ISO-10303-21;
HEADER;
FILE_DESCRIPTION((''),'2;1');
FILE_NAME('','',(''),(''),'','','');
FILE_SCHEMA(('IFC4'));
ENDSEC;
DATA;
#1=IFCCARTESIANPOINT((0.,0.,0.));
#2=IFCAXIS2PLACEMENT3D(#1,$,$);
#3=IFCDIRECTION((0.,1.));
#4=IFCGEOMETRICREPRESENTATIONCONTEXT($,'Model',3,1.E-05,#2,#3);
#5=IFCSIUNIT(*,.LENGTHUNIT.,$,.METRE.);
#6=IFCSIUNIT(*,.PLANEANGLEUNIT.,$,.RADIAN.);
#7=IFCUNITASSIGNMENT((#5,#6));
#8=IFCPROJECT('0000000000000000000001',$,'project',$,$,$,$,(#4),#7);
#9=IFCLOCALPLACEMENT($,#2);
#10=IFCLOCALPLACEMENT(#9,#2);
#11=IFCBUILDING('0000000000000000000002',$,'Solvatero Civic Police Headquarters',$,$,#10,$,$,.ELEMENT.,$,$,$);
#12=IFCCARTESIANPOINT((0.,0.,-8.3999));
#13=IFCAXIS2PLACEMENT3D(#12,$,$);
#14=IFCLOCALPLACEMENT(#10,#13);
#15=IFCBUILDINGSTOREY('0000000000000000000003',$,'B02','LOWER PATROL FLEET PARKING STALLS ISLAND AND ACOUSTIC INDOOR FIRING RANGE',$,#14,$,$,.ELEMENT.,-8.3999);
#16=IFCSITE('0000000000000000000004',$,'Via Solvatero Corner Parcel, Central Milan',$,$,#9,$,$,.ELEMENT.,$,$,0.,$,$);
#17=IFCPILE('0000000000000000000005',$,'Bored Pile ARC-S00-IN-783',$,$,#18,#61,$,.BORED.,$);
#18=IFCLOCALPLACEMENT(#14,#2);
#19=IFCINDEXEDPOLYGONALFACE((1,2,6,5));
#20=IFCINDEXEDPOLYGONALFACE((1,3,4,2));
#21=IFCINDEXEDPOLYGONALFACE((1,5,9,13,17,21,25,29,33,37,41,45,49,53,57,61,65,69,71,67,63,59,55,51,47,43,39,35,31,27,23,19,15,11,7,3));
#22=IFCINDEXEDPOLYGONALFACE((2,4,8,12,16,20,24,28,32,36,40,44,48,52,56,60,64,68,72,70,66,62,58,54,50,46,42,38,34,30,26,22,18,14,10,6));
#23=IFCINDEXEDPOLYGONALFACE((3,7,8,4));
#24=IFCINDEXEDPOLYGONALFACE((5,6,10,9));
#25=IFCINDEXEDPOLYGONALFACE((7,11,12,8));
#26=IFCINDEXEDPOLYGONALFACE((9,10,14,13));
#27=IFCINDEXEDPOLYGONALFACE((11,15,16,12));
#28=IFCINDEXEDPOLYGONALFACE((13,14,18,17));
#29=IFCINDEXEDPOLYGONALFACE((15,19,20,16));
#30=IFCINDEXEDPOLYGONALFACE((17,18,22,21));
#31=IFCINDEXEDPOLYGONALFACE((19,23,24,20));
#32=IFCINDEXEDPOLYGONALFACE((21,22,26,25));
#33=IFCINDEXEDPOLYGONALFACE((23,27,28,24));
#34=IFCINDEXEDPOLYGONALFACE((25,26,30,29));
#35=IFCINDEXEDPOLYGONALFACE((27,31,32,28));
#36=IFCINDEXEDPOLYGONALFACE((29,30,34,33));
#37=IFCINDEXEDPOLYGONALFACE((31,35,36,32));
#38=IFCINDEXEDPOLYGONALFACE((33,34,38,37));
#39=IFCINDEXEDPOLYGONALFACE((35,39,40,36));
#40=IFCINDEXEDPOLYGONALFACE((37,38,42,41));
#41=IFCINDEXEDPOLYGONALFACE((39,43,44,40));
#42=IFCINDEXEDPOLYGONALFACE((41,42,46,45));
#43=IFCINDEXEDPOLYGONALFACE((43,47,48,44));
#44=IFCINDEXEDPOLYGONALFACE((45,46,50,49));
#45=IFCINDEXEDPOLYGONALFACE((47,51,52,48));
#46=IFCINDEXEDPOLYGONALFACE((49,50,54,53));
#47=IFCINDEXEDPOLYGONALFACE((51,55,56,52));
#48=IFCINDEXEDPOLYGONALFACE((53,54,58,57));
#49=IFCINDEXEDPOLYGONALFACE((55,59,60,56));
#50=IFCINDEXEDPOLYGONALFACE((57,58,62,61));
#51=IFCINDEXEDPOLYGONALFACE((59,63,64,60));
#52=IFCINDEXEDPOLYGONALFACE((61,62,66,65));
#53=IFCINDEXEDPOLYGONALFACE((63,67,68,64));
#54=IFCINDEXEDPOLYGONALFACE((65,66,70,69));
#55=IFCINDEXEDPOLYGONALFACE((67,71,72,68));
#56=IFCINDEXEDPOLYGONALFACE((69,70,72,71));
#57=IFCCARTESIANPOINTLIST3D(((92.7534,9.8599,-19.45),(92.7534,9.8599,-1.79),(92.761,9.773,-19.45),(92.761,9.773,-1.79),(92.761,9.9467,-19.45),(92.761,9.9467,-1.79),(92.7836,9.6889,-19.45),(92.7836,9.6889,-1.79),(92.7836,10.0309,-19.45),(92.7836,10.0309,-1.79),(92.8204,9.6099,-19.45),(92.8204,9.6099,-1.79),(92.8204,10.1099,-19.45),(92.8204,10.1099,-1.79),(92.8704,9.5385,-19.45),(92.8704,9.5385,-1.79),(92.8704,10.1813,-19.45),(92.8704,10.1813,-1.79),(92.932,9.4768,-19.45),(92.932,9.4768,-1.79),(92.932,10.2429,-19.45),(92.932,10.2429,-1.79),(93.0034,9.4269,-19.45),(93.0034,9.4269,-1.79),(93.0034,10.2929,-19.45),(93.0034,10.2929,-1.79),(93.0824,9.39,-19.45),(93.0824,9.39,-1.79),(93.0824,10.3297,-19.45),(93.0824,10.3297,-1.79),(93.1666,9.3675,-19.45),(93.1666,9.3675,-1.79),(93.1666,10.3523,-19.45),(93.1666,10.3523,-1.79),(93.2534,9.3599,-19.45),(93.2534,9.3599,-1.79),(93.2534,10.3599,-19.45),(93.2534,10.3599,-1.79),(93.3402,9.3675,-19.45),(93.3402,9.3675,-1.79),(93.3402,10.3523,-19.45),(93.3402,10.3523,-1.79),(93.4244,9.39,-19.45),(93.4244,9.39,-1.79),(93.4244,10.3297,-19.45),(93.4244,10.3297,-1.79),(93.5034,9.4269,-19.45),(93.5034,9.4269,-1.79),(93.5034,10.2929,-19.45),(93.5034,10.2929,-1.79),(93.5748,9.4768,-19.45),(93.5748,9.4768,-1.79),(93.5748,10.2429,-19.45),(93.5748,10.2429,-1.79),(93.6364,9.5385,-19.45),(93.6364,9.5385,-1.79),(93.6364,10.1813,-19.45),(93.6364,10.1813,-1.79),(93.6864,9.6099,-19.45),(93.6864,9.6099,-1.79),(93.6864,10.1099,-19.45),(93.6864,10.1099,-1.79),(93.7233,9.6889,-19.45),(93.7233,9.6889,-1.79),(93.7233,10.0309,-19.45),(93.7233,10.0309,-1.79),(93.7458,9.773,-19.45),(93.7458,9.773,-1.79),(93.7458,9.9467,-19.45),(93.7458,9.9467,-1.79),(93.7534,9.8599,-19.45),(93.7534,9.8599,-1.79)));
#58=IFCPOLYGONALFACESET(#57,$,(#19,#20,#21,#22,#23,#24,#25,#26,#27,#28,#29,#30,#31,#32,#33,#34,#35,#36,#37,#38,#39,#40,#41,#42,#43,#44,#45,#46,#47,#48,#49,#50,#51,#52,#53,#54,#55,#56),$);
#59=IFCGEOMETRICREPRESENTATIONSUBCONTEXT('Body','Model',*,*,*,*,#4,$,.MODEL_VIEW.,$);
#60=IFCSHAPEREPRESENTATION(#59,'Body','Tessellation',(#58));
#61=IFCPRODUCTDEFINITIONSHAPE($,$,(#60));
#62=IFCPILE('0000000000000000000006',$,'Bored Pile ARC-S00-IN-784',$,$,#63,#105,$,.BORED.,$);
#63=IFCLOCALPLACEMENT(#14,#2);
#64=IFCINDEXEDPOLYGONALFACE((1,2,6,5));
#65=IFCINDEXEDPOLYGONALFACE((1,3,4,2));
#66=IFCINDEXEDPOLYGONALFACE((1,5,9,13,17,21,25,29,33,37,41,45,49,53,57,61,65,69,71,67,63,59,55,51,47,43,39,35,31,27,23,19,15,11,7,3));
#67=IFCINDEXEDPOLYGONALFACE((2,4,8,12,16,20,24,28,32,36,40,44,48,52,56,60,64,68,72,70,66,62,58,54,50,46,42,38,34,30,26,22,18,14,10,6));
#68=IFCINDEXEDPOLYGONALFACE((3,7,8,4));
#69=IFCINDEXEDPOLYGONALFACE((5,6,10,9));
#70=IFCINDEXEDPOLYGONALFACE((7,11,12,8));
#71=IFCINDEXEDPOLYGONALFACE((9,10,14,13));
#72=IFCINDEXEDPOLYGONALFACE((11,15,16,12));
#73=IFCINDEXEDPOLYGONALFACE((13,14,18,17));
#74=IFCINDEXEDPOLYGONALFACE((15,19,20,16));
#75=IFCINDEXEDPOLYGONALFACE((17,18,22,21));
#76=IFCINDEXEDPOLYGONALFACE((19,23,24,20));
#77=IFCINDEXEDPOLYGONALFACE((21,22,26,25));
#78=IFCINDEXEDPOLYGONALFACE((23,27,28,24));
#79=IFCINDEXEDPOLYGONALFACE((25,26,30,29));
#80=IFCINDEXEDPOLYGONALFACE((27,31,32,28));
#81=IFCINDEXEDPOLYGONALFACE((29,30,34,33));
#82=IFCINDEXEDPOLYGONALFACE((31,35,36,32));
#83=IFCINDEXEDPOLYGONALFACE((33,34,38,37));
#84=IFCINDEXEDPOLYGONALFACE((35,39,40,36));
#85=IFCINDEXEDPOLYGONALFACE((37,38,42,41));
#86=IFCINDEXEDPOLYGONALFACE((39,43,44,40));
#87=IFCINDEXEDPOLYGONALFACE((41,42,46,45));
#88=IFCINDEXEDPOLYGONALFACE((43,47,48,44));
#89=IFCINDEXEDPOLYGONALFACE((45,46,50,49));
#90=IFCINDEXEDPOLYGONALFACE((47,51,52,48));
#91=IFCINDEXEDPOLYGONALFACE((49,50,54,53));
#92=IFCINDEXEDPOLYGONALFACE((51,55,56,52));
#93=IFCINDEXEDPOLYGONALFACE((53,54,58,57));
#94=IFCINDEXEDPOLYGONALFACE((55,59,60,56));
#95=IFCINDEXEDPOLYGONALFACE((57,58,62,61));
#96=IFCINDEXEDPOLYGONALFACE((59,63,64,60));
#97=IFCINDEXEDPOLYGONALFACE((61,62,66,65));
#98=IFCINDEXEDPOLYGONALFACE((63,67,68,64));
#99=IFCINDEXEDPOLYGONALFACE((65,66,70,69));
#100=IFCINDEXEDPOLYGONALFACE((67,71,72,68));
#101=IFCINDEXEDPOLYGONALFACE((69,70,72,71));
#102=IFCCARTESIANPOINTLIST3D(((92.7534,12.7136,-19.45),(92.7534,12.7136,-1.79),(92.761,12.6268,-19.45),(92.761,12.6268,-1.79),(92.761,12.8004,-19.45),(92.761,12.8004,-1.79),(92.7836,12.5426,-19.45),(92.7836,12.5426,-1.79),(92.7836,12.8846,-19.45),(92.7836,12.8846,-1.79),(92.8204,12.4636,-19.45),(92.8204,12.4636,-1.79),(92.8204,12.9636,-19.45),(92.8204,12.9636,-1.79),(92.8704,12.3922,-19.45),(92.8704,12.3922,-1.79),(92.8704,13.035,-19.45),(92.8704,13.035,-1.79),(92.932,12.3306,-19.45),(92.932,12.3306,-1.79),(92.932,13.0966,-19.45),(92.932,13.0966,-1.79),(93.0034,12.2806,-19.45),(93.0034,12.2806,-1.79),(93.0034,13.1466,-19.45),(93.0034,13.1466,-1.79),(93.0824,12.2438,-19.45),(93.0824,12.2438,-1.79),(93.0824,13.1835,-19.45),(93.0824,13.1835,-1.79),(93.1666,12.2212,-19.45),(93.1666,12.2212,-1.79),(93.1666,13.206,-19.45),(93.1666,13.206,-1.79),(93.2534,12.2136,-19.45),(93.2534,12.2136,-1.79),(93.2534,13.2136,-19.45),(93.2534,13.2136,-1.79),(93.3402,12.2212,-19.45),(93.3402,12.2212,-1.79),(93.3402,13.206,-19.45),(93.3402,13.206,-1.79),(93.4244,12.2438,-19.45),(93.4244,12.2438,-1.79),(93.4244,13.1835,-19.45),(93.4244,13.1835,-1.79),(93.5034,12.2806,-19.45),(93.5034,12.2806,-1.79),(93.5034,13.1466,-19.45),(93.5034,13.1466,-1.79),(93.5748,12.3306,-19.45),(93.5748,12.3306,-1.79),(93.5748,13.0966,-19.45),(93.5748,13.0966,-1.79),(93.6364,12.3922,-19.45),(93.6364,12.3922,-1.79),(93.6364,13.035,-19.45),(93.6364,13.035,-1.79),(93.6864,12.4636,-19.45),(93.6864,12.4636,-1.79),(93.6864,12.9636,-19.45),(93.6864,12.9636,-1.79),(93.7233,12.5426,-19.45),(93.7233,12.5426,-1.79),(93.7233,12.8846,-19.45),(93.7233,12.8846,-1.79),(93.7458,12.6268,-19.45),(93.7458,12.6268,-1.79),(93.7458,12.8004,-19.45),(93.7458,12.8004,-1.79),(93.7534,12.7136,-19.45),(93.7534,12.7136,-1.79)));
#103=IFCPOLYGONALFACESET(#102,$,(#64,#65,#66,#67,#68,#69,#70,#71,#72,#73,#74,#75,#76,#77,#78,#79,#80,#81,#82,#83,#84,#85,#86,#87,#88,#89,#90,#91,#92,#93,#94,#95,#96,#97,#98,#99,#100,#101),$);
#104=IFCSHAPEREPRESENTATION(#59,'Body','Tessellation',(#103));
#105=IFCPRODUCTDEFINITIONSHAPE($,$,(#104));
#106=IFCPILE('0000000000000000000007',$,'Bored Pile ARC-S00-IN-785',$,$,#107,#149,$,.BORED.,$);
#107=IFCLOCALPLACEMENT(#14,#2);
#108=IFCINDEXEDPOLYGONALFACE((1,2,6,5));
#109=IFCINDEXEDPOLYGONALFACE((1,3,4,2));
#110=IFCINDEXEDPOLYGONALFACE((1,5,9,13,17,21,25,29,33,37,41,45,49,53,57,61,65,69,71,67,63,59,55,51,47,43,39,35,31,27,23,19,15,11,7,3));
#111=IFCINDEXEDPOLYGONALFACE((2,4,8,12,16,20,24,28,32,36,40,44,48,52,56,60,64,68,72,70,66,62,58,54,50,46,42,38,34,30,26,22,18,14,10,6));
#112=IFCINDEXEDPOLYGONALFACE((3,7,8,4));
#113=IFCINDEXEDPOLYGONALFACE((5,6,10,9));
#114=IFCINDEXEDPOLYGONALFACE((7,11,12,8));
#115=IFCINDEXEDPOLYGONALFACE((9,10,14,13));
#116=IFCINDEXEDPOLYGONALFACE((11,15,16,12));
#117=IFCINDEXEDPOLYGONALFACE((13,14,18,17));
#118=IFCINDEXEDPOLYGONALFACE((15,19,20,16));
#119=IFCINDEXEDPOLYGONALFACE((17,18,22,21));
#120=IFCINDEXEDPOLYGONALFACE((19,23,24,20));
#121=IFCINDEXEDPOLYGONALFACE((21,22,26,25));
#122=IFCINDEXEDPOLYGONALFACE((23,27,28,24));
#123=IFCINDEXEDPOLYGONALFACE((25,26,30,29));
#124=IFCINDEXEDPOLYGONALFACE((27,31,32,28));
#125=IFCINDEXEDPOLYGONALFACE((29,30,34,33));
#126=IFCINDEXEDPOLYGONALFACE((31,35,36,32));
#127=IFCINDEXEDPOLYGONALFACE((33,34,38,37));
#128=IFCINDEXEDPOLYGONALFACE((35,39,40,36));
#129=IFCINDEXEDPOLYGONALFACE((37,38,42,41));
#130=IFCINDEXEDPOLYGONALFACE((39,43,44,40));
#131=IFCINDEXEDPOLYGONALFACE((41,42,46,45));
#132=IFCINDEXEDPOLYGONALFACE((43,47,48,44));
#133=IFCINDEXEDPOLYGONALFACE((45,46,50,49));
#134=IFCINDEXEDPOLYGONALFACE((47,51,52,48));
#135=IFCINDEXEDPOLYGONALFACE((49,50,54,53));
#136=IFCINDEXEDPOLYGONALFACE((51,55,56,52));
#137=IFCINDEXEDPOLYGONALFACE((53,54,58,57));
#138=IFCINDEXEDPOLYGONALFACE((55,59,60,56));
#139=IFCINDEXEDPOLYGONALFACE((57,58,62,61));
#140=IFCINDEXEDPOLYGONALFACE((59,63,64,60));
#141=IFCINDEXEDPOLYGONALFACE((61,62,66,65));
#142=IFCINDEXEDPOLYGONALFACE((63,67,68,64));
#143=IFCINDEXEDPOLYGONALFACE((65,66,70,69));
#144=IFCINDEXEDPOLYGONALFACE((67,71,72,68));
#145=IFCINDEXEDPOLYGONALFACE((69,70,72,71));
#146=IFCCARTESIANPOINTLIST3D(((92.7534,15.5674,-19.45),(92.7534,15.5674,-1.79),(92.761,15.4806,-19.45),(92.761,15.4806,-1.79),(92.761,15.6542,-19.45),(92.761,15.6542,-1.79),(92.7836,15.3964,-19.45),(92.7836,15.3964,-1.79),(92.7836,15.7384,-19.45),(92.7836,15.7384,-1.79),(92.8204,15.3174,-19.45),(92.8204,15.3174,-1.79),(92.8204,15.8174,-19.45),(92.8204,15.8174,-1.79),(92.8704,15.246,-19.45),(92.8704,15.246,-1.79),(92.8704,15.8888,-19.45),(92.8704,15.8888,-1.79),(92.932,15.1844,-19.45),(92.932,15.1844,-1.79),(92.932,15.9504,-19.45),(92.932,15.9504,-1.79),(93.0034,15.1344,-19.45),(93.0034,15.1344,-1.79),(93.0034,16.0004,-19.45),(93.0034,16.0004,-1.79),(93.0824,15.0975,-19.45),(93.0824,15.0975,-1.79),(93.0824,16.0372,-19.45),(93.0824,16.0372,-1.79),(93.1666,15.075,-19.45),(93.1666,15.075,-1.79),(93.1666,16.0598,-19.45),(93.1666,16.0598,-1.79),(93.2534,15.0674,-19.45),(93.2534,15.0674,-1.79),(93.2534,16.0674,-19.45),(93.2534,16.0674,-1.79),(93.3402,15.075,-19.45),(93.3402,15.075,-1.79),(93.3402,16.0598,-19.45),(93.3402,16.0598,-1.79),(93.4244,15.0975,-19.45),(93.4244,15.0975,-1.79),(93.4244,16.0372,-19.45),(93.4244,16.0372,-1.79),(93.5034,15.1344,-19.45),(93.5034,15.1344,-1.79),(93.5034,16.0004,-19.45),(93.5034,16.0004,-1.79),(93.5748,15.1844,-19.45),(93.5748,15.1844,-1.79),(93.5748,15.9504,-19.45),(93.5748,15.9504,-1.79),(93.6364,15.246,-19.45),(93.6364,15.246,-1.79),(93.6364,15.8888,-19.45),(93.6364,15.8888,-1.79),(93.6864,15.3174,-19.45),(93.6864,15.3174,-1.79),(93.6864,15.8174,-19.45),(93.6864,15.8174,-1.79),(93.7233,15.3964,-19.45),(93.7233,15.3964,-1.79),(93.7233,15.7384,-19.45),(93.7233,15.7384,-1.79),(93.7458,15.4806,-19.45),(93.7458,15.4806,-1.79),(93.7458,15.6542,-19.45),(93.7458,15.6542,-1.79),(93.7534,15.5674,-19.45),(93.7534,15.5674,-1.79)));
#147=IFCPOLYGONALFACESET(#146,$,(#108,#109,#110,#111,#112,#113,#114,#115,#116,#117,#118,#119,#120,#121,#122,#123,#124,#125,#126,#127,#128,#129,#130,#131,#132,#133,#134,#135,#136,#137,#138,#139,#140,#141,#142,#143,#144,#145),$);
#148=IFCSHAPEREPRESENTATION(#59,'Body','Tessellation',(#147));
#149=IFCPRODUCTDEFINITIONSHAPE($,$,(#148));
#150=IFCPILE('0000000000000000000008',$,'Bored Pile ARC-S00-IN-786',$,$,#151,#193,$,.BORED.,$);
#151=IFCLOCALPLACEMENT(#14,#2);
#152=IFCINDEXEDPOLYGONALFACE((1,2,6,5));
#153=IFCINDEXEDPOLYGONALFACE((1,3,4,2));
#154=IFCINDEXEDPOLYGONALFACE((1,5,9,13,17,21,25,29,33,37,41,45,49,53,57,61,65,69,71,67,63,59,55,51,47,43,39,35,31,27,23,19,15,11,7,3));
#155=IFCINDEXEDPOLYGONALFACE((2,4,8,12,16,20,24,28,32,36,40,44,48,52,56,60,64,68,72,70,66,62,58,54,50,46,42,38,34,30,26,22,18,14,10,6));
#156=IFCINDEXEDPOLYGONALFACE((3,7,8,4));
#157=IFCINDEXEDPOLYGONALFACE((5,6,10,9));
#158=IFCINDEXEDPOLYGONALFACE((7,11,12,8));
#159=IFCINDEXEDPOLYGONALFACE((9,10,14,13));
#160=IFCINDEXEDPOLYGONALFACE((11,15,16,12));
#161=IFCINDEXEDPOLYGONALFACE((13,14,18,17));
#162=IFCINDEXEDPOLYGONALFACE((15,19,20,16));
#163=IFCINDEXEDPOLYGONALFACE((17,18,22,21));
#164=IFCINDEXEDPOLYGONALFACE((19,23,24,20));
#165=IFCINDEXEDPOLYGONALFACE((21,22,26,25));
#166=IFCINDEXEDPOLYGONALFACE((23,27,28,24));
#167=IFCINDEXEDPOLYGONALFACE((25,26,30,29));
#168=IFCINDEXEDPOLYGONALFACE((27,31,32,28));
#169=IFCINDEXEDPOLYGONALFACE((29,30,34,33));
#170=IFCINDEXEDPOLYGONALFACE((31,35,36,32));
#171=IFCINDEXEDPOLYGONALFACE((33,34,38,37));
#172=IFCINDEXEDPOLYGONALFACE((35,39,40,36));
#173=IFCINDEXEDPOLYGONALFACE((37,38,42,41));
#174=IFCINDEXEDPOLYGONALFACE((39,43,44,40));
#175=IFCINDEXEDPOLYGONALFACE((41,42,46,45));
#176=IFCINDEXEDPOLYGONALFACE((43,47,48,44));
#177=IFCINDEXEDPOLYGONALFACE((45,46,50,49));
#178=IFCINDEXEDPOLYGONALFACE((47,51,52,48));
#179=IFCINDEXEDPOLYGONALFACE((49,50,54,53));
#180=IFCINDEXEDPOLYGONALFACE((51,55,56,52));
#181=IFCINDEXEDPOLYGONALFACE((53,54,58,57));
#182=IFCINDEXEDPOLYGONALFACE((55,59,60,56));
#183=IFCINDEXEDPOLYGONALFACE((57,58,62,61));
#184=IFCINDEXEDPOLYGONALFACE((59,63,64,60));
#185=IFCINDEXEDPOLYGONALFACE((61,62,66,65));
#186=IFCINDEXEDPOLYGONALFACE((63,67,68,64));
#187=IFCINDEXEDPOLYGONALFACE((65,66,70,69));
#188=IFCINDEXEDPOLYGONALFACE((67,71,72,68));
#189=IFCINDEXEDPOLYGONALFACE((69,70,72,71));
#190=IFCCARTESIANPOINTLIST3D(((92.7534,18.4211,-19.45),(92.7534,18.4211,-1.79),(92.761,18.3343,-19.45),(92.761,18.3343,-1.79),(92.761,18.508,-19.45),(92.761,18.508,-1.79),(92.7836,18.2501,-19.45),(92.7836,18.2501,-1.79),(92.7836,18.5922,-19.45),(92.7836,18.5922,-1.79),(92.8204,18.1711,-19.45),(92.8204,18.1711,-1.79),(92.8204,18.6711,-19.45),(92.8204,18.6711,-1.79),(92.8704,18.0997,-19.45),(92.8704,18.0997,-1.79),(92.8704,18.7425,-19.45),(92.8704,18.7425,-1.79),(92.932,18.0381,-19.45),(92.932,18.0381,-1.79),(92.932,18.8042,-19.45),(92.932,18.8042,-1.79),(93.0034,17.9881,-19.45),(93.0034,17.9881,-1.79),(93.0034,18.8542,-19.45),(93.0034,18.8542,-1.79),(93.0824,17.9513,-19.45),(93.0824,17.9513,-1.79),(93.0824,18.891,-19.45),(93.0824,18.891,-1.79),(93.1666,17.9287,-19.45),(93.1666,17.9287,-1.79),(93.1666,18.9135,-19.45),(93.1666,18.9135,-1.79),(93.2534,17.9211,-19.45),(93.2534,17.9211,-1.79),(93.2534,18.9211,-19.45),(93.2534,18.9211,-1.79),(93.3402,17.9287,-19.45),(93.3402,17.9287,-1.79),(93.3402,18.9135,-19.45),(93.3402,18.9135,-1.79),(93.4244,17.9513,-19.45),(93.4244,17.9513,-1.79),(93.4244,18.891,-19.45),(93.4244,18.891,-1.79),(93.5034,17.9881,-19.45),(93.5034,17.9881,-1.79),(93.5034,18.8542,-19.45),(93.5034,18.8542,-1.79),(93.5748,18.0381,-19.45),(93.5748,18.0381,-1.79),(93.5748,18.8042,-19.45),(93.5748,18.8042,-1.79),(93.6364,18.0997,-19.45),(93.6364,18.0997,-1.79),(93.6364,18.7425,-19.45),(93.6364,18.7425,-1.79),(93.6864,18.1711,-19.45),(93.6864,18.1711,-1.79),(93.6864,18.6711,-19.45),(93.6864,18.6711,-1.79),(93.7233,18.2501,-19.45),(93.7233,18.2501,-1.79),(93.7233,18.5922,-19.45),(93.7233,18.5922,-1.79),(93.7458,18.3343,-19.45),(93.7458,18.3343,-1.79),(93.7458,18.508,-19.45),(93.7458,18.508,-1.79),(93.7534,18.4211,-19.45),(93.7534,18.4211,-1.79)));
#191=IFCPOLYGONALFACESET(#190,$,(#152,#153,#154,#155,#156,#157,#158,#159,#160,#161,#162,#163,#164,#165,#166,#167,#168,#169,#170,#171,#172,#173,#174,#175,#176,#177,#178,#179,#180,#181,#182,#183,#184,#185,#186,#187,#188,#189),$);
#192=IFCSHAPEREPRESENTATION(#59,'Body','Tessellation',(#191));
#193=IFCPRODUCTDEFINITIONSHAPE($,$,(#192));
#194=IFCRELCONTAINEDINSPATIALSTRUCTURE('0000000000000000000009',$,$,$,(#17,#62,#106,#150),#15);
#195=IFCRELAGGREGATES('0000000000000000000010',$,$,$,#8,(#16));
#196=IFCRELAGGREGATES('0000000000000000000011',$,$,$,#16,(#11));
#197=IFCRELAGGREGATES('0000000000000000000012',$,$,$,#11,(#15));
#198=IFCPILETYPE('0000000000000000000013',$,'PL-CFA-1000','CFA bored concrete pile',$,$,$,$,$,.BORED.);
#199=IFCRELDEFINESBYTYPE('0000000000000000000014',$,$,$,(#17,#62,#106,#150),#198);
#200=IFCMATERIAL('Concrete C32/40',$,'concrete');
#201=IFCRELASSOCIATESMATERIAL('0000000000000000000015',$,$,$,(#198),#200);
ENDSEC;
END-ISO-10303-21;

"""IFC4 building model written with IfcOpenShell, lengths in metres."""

from ifc_helpers import new_model, si_unit, direction, frame, origin, origin_2d, place, context, subcontext, project, spatial, circle, extrude, material, material_profile, profile_set, type_object, element, save


model = new_model("IFC4")

# Units and contexts
model_context = context("Model", 3, precision=1e-05, world=origin(), true_north=direction((0.0, 1.0)))
body_context = subcontext(model_context, "Body", "Model", "MODEL_VIEW")
ifc_project = project(units=[si_unit("LENGTHUNIT", "METRE"), si_unit("PLANEANGLEUNIT", "RADIAN")], contexts=[model_context])

# Site, building, storey
site_placement = place(None, origin())
site = spatial("IfcSite", under=ifc_project, at=site_placement, Name="Via Solvatero Corner Parcel, Central Milan", CompositionType="ELEMENT", RefElevation=0.0)
building_placement = place(site_placement, origin())
building = spatial("IfcBuilding", under=site, at=building_placement, Name="Solvatero Civic Police Headquarters", CompositionType="ELEMENT")
storey_placement = place(building_placement, frame((0.0, 0.0, -8.3999)))
storey = spatial("IfcBuildingStorey", under=building, at=storey_placement, Name="B02", Description="LOWER PATROL FLEET PARKING STALLS ISLAND AND ACOUSTIC INDOOR FIRING RANGE", CompositionType="ELEMENT", Elevation=-8.3999)

# Piles
ifc_material_1 = material(Name="Concrete C32/40", Category="concrete")
ifc_material_profile_1 = material_profile(ifc_material_1, circle(Radius=0.5, at=origin_2d()), Name="CFA PILE D1000")
ifc_profile_set_1 = profile_set([ifc_material_profile_1], Name="Concrete C32/40")
pile_type = type_object("IfcPileType", Name="PL-CFA-1000", Description="CFA bored concrete pile", PredefinedType="BORED", material=ifc_profile_set_1)
for number, where, z_axis, x_axis, name in (
    (1, (93.2534, 9.8599, -1.79), (0.0, 0.0, -1.0), (1.0, 0.0, 0.0), "Bored Pile ARC-S00-IN-783"),
    (2, (93.2534, 12.7136, -1.79), (0.0, 0.0, -1.0), (1.0, 0.0, 0.0), "Bored Pile ARC-S00-IN-784"),
    (3, (93.2534, 15.5674, -1.79), (0.0, 0.0, -1.0), (1.0, 0.0, 0.0), "Bored Pile ARC-S00-IN-785"),
    (4, (93.2534, 18.4211, -1.79), (0.0, 0.0, -1.0), (1.0, 0.0, 0.0), "Bored Pile ARC-S00-IN-786"),
):
    element("IfcPile", number, at=place(storey_placement, frame(where, z_axis=z_axis, x_axis=x_axis)), inside=storey, type_object=pile_type, Name=name, PredefinedType="BORED", context=body_context, shape_type="SweptSolid", body=[
        extrude(circle(Radius=0.5, at=origin_2d()), origin(), (0.0, 0.0, 1.0), 17.6599),
    ])

save(model, "model.ifc")
